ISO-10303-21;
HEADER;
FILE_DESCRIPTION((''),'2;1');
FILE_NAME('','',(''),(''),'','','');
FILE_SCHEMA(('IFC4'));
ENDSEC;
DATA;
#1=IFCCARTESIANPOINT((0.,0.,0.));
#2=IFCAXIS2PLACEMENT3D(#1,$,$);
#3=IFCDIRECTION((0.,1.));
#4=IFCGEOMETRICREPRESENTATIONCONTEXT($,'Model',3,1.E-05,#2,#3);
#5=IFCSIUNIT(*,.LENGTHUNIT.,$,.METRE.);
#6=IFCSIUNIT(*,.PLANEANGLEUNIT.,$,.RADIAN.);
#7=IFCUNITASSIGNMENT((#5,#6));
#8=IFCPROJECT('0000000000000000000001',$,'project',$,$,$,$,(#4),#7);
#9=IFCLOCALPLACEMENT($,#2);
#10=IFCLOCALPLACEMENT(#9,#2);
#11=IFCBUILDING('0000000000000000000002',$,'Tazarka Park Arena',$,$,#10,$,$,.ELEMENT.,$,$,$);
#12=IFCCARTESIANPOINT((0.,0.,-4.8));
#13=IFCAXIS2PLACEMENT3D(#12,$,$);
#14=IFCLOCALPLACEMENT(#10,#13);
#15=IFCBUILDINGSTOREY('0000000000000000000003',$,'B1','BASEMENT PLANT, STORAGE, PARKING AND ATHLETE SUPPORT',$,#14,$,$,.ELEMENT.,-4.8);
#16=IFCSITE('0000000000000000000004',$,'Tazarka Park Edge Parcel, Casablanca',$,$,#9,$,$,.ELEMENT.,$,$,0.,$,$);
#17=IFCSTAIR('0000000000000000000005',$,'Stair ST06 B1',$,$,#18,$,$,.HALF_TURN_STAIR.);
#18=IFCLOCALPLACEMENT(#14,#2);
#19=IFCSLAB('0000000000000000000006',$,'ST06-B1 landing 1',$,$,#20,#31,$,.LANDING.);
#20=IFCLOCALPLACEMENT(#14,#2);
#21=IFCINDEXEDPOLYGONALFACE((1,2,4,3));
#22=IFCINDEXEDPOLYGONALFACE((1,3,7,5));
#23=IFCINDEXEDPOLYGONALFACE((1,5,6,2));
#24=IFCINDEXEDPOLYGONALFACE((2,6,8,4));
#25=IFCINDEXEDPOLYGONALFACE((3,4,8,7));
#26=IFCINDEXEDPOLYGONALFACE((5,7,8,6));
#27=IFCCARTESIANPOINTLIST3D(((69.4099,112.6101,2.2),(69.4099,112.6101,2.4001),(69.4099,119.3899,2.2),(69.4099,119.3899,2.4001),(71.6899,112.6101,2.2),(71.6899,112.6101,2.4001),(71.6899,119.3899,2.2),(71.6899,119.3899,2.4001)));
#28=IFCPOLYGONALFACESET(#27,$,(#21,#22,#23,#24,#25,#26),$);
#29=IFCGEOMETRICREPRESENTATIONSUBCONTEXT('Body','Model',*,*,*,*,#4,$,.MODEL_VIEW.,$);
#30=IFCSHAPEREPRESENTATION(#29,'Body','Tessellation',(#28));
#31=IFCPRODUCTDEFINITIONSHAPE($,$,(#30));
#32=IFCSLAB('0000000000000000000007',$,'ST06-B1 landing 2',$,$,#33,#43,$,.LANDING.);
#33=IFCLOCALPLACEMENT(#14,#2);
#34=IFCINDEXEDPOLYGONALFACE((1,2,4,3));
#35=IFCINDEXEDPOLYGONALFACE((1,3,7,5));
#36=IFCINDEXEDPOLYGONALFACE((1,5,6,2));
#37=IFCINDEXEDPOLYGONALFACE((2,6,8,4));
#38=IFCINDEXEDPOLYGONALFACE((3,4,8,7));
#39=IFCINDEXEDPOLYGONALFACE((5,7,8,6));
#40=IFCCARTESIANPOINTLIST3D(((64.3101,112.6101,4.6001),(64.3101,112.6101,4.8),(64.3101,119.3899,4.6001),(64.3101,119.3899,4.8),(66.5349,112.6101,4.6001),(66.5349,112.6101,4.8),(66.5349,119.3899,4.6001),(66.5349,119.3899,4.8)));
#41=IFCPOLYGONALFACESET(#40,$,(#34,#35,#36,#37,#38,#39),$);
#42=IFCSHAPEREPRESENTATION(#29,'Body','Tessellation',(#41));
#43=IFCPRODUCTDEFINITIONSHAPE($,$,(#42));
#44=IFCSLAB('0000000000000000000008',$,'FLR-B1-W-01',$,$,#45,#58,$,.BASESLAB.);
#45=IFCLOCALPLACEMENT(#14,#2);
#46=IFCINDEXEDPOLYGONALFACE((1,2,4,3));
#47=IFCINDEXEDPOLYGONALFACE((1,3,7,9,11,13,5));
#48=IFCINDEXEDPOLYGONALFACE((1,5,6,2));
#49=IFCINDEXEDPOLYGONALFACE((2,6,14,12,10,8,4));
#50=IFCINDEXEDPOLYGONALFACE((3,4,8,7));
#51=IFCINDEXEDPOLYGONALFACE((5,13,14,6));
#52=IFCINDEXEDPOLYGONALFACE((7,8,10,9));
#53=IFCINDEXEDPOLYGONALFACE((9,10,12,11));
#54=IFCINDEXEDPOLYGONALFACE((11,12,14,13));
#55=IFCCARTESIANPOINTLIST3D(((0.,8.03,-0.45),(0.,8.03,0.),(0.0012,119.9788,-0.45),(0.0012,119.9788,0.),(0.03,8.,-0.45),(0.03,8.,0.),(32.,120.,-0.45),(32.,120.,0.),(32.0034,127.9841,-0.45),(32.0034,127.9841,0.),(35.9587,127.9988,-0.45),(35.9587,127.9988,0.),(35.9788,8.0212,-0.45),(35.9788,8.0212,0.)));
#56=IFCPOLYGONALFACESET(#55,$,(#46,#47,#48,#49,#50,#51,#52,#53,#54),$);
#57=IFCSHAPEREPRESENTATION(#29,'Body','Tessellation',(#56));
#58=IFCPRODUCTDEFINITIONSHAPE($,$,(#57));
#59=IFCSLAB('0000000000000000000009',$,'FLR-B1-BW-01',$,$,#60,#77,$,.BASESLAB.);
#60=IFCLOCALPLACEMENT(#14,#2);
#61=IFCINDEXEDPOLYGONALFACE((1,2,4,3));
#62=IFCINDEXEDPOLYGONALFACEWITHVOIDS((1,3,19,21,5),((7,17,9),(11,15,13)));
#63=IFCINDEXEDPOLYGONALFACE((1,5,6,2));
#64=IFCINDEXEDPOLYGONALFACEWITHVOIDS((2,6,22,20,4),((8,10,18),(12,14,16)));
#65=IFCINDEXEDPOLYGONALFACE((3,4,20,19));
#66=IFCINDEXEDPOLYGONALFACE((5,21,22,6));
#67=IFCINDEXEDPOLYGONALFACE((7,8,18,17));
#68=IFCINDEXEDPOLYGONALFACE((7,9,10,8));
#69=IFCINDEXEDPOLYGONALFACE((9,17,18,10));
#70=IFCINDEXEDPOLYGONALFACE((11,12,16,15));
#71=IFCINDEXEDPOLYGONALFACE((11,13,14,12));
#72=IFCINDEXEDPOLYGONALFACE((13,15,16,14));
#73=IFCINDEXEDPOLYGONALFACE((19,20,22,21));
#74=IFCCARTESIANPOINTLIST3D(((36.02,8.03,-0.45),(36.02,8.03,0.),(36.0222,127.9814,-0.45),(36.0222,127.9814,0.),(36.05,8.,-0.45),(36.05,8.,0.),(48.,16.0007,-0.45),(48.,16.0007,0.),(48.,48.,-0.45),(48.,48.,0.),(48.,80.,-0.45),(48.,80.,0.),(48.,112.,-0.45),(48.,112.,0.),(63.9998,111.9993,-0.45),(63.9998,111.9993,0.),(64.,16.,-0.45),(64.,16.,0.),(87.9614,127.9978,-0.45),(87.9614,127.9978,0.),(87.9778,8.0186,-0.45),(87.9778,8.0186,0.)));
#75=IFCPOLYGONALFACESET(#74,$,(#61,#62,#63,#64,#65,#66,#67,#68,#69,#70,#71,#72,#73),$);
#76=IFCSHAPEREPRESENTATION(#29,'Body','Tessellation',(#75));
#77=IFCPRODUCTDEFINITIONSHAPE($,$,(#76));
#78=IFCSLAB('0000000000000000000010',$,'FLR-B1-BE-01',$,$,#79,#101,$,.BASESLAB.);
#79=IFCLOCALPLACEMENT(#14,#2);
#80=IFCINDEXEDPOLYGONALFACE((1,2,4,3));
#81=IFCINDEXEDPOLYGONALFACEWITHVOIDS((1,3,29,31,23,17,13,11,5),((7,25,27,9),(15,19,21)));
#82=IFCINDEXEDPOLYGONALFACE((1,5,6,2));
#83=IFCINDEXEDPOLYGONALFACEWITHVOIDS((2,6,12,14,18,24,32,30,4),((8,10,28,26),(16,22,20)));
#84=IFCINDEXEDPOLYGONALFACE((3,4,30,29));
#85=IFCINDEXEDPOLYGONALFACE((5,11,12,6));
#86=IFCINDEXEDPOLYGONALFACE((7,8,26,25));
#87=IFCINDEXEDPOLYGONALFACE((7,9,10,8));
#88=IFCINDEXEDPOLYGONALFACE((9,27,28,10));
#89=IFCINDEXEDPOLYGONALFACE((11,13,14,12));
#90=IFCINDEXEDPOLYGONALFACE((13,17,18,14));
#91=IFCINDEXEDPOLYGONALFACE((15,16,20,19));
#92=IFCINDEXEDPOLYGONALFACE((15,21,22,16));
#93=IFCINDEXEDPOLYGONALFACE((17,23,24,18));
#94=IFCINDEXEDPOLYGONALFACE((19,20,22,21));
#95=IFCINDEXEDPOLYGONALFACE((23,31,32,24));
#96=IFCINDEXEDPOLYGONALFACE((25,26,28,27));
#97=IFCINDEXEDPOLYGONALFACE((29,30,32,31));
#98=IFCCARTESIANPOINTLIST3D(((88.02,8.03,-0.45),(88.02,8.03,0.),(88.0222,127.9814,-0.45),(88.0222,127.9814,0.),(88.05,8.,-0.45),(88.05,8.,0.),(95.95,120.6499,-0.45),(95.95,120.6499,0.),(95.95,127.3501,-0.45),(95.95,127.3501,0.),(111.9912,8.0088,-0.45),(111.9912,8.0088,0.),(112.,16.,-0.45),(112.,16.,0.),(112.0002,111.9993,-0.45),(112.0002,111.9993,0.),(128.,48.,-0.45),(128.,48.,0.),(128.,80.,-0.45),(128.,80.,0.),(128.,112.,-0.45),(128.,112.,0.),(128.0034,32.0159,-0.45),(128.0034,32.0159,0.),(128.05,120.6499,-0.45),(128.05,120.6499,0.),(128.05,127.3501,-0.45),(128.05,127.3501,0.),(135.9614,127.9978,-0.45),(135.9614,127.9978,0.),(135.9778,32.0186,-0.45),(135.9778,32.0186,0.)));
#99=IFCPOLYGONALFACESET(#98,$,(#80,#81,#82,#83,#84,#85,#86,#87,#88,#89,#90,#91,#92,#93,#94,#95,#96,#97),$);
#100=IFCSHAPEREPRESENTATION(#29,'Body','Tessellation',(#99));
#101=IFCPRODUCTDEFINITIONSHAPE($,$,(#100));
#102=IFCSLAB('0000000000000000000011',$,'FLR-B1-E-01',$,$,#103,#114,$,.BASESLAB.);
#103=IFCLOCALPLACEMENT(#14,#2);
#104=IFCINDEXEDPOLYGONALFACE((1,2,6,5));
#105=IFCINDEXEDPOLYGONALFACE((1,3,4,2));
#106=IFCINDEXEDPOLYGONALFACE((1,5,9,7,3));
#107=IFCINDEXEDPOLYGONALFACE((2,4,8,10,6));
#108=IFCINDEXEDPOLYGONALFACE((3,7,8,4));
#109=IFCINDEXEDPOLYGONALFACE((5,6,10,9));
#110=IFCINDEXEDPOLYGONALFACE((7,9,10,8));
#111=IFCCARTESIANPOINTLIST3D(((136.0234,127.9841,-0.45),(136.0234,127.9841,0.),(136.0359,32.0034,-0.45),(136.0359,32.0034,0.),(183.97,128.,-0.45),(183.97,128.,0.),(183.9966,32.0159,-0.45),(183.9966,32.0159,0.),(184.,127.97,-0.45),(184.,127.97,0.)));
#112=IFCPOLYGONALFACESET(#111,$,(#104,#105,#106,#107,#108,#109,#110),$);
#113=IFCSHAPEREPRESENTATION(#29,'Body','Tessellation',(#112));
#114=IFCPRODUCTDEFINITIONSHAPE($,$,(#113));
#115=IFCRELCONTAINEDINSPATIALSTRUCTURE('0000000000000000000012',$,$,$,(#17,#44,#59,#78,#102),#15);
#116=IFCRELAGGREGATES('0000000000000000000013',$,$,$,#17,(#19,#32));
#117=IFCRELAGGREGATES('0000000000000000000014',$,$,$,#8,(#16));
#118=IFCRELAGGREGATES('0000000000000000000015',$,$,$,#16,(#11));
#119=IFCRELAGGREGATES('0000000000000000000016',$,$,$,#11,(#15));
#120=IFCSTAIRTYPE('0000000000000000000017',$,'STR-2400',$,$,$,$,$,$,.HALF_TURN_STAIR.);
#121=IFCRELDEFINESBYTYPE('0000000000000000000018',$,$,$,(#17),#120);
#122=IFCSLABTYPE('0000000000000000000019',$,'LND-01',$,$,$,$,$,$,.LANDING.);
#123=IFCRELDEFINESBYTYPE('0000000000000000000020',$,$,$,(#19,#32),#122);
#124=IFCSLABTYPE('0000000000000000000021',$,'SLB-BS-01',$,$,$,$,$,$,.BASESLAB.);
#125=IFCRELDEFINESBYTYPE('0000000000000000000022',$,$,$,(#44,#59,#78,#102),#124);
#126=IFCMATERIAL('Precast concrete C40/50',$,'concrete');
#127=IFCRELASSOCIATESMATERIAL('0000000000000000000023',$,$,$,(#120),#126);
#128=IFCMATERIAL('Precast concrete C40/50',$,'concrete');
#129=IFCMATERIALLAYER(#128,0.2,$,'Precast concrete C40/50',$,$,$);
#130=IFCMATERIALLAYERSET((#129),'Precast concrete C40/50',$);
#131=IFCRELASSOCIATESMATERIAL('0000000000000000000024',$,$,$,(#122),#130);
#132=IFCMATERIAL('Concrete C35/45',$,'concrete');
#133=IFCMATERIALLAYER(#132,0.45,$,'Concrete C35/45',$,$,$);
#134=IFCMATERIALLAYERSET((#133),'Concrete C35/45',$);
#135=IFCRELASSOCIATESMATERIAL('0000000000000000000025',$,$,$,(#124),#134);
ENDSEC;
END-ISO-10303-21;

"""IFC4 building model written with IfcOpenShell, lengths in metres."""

from ifc_helpers import new_model, si_unit, direction, frame, origin, place, context, subcontext, project, spatial, polyline, outline, extrude, material, layer, layer_set, type_object, element, aggregate, save


model = new_model("IFC4")

# Units and contexts
model_context = context("Model", 3, precision=1e-05, world=origin(), true_north=direction((0.0, 1.0)))
body_context = subcontext(model_context, "Body", "Model", "MODEL_VIEW")
ifc_project = project(units=[si_unit("LENGTHUNIT", "METRE"), si_unit("PLANEANGLEUNIT", "RADIAN")], contexts=[model_context])

# Site, building, storey
site_placement = place(None, origin())
site = spatial("IfcSite", under=ifc_project, at=site_placement, Name="Tazarka Park Edge Parcel, Casablanca", CompositionType="ELEMENT", RefElevation=0.0)
building_placement = place(site_placement, origin())
building = spatial("IfcBuilding", under=site, at=building_placement, Name="Tazarka Park Arena", CompositionType="ELEMENT")
storey_placement = place(building_placement, frame((0.0, 0.0, -4.8)))
storey = spatial("IfcBuildingStorey", under=building, at=storey_placement, Name="B1", Description="BASEMENT PLANT, STORAGE, PARKING AND ATHLETE SUPPORT", CompositionType="ELEMENT", Elevation=-4.8)

# Stair, slabs
ifc_material_1 = material(Name="Precast concrete C40/50", Category="concrete")
stair_type = type_object("IfcStairType", Name="STR-2400", PredefinedType="HALF_TURN_STAIR", material=ifc_material_1)
ifc_material_2 = material(Name="Precast concrete C40/50", Category="concrete")
ifc_layer_1 = layer(ifc_material_2, 0.2, Name="Precast concrete C40/50")
ifc_layer_set_1 = layer_set([ifc_layer_1], Name="Precast concrete C40/50")
slab_type_1 = type_object("IfcSlabType", Name="LND-01", PredefinedType="LANDING", material=ifc_layer_set_1)
stair_1_placement = place(storey_placement, origin())
stair_1 = element("IfcStair", 1, at=stair_1_placement, inside=storey, type_object=stair_type, Name="Stair ST06 B1", PredefinedType="HALF_TURN_STAIR")
slab_1_placement = place(storey_placement, frame((0.0, 0.0, 2.2)))
slab_1 = element("IfcSlab", 2, at=slab_1_placement, type_object=slab_type_1, Name="ST06-B1 landing 1", PredefinedType="LANDING", context=body_context, shape_type="SweptSolid", body=[
    extrude(outline(polyline([(69.4099, 112.6101), (71.6899, 112.6101), (71.6899, 119.3899), (69.4099, 119.3899), (69.4099, 112.6101)])), origin(), (0.0, 0.0, 1.0), 0.2002),
])
slab_2_placement = place(storey_placement, frame((0.0, 0.0, 4.6001)))
slab_2 = element("IfcSlab", 3, at=slab_2_placement, type_object=slab_type_1, Name="ST06-B1 landing 2", PredefinedType="LANDING", context=body_context, shape_type="SweptSolid", body=[
    extrude(outline(polyline([(64.3101, 112.6101), (66.5349, 112.6101), (66.5349, 119.3899), (64.3101, 119.3899), (64.3101, 112.6101)])), origin(), (0.0, 0.0, 1.0), 0.2),
])
aggregate(stair_1, [slab_1, slab_2])

# Slabs
ifc_material_3 = material(Name="Concrete C35/45", Category="concrete")
ifc_layer_2 = layer(ifc_material_3, 0.45, Name="Concrete C35/45")
ifc_layer_set_2 = layer_set([ifc_layer_2], Name="Concrete C35/45")
slab_type_2 = type_object("IfcSlabType", Name="SLB-BS-01", PredefinedType="BASESLAB", material=ifc_layer_set_2)
slab_3_placement = place(storey_placement, frame((0.0, 0.0, -0.45)))
element("IfcSlab", 4, at=slab_3_placement, inside=storey, type_object=slab_type_2, Name="FLR-B1-W-01", PredefinedType="BASESLAB", context=body_context, shape_type="SweptSolid", body=[
    extrude(outline(polyline([(0.03, 8.0), (0.0, 8.03), (0.0012, 119.9788), (32.0, 120.0), (32.0034, 127.9841), (35.9587, 127.9988), (35.9788, 8.0212), (0.03, 8.0)])), origin(), (0.0, 0.0, 1.0), 0.45),
])
slab_4_placement = place(storey_placement, frame((0.0, 0.0, -0.45)))
element("IfcSlab", 5, at=slab_4_placement, inside=storey, type_object=slab_type_2, Name="FLR-B1-BW-01", PredefinedType="BASESLAB", context=body_context, shape_type="SweptSolid", body=[
    extrude(outline(polyline([(36.05, 8.0), (36.02, 8.03), (36.0222, 127.9814), (87.9614, 127.9978), (87.9778, 8.0186), (36.05, 8.0)]), holes=[polyline([(48.0, 80.0), (63.9998, 111.9993), (48.0, 112.0), (48.0, 80.0)]), polyline([(48.0, 16.0007), (64.0, 16.0), (48.0, 48.0), (48.0, 16.0007)])]), origin(), (0.0, 0.0, 1.0), 0.45),
])
slab_5_placement = place(storey_placement, frame((0.0, 0.0, -0.45)))
element("IfcSlab", 6, at=slab_5_placement, inside=storey, type_object=slab_type_2, Name="FLR-B1-BE-01", PredefinedType="BASESLAB", context=body_context, shape_type="SweptSolid", body=[
    extrude(outline(polyline([(88.05, 8.0), (88.02, 8.03), (88.0222, 127.9814), (135.9614, 127.9978), (135.9778, 32.0186), (128.0034, 32.0159), (128.0, 48.0), (112.0, 16.0), (111.9912, 8.0088), (88.05, 8.0)]), holes=[polyline([(95.95, 120.6499), (128.05, 120.6499), (128.05, 127.3501), (95.95, 127.3501), (95.95, 120.6499)]), polyline([(128.0, 112.0), (112.0002, 111.9993), (128.0, 80.0), (128.0, 112.0)])]), origin(), (0.0, 0.0, 1.0), 0.45),
])
slab_6_placement = place(storey_placement, frame((0.0, 0.0, -0.45)))
element("IfcSlab", 7, at=slab_6_placement, inside=storey, type_object=slab_type_2, Name="FLR-B1-E-01", PredefinedType="BASESLAB", context=body_context, shape_type="SweptSolid", body=[
    extrude(outline(polyline([(183.97, 128.0), (184.0, 127.97), (183.9966, 32.0159), (136.0359, 32.0034), (136.0234, 127.9841), (183.97, 128.0)])), origin(), (0.0, 0.0, 1.0), 0.45),
])

save(model, "model.ifc")
